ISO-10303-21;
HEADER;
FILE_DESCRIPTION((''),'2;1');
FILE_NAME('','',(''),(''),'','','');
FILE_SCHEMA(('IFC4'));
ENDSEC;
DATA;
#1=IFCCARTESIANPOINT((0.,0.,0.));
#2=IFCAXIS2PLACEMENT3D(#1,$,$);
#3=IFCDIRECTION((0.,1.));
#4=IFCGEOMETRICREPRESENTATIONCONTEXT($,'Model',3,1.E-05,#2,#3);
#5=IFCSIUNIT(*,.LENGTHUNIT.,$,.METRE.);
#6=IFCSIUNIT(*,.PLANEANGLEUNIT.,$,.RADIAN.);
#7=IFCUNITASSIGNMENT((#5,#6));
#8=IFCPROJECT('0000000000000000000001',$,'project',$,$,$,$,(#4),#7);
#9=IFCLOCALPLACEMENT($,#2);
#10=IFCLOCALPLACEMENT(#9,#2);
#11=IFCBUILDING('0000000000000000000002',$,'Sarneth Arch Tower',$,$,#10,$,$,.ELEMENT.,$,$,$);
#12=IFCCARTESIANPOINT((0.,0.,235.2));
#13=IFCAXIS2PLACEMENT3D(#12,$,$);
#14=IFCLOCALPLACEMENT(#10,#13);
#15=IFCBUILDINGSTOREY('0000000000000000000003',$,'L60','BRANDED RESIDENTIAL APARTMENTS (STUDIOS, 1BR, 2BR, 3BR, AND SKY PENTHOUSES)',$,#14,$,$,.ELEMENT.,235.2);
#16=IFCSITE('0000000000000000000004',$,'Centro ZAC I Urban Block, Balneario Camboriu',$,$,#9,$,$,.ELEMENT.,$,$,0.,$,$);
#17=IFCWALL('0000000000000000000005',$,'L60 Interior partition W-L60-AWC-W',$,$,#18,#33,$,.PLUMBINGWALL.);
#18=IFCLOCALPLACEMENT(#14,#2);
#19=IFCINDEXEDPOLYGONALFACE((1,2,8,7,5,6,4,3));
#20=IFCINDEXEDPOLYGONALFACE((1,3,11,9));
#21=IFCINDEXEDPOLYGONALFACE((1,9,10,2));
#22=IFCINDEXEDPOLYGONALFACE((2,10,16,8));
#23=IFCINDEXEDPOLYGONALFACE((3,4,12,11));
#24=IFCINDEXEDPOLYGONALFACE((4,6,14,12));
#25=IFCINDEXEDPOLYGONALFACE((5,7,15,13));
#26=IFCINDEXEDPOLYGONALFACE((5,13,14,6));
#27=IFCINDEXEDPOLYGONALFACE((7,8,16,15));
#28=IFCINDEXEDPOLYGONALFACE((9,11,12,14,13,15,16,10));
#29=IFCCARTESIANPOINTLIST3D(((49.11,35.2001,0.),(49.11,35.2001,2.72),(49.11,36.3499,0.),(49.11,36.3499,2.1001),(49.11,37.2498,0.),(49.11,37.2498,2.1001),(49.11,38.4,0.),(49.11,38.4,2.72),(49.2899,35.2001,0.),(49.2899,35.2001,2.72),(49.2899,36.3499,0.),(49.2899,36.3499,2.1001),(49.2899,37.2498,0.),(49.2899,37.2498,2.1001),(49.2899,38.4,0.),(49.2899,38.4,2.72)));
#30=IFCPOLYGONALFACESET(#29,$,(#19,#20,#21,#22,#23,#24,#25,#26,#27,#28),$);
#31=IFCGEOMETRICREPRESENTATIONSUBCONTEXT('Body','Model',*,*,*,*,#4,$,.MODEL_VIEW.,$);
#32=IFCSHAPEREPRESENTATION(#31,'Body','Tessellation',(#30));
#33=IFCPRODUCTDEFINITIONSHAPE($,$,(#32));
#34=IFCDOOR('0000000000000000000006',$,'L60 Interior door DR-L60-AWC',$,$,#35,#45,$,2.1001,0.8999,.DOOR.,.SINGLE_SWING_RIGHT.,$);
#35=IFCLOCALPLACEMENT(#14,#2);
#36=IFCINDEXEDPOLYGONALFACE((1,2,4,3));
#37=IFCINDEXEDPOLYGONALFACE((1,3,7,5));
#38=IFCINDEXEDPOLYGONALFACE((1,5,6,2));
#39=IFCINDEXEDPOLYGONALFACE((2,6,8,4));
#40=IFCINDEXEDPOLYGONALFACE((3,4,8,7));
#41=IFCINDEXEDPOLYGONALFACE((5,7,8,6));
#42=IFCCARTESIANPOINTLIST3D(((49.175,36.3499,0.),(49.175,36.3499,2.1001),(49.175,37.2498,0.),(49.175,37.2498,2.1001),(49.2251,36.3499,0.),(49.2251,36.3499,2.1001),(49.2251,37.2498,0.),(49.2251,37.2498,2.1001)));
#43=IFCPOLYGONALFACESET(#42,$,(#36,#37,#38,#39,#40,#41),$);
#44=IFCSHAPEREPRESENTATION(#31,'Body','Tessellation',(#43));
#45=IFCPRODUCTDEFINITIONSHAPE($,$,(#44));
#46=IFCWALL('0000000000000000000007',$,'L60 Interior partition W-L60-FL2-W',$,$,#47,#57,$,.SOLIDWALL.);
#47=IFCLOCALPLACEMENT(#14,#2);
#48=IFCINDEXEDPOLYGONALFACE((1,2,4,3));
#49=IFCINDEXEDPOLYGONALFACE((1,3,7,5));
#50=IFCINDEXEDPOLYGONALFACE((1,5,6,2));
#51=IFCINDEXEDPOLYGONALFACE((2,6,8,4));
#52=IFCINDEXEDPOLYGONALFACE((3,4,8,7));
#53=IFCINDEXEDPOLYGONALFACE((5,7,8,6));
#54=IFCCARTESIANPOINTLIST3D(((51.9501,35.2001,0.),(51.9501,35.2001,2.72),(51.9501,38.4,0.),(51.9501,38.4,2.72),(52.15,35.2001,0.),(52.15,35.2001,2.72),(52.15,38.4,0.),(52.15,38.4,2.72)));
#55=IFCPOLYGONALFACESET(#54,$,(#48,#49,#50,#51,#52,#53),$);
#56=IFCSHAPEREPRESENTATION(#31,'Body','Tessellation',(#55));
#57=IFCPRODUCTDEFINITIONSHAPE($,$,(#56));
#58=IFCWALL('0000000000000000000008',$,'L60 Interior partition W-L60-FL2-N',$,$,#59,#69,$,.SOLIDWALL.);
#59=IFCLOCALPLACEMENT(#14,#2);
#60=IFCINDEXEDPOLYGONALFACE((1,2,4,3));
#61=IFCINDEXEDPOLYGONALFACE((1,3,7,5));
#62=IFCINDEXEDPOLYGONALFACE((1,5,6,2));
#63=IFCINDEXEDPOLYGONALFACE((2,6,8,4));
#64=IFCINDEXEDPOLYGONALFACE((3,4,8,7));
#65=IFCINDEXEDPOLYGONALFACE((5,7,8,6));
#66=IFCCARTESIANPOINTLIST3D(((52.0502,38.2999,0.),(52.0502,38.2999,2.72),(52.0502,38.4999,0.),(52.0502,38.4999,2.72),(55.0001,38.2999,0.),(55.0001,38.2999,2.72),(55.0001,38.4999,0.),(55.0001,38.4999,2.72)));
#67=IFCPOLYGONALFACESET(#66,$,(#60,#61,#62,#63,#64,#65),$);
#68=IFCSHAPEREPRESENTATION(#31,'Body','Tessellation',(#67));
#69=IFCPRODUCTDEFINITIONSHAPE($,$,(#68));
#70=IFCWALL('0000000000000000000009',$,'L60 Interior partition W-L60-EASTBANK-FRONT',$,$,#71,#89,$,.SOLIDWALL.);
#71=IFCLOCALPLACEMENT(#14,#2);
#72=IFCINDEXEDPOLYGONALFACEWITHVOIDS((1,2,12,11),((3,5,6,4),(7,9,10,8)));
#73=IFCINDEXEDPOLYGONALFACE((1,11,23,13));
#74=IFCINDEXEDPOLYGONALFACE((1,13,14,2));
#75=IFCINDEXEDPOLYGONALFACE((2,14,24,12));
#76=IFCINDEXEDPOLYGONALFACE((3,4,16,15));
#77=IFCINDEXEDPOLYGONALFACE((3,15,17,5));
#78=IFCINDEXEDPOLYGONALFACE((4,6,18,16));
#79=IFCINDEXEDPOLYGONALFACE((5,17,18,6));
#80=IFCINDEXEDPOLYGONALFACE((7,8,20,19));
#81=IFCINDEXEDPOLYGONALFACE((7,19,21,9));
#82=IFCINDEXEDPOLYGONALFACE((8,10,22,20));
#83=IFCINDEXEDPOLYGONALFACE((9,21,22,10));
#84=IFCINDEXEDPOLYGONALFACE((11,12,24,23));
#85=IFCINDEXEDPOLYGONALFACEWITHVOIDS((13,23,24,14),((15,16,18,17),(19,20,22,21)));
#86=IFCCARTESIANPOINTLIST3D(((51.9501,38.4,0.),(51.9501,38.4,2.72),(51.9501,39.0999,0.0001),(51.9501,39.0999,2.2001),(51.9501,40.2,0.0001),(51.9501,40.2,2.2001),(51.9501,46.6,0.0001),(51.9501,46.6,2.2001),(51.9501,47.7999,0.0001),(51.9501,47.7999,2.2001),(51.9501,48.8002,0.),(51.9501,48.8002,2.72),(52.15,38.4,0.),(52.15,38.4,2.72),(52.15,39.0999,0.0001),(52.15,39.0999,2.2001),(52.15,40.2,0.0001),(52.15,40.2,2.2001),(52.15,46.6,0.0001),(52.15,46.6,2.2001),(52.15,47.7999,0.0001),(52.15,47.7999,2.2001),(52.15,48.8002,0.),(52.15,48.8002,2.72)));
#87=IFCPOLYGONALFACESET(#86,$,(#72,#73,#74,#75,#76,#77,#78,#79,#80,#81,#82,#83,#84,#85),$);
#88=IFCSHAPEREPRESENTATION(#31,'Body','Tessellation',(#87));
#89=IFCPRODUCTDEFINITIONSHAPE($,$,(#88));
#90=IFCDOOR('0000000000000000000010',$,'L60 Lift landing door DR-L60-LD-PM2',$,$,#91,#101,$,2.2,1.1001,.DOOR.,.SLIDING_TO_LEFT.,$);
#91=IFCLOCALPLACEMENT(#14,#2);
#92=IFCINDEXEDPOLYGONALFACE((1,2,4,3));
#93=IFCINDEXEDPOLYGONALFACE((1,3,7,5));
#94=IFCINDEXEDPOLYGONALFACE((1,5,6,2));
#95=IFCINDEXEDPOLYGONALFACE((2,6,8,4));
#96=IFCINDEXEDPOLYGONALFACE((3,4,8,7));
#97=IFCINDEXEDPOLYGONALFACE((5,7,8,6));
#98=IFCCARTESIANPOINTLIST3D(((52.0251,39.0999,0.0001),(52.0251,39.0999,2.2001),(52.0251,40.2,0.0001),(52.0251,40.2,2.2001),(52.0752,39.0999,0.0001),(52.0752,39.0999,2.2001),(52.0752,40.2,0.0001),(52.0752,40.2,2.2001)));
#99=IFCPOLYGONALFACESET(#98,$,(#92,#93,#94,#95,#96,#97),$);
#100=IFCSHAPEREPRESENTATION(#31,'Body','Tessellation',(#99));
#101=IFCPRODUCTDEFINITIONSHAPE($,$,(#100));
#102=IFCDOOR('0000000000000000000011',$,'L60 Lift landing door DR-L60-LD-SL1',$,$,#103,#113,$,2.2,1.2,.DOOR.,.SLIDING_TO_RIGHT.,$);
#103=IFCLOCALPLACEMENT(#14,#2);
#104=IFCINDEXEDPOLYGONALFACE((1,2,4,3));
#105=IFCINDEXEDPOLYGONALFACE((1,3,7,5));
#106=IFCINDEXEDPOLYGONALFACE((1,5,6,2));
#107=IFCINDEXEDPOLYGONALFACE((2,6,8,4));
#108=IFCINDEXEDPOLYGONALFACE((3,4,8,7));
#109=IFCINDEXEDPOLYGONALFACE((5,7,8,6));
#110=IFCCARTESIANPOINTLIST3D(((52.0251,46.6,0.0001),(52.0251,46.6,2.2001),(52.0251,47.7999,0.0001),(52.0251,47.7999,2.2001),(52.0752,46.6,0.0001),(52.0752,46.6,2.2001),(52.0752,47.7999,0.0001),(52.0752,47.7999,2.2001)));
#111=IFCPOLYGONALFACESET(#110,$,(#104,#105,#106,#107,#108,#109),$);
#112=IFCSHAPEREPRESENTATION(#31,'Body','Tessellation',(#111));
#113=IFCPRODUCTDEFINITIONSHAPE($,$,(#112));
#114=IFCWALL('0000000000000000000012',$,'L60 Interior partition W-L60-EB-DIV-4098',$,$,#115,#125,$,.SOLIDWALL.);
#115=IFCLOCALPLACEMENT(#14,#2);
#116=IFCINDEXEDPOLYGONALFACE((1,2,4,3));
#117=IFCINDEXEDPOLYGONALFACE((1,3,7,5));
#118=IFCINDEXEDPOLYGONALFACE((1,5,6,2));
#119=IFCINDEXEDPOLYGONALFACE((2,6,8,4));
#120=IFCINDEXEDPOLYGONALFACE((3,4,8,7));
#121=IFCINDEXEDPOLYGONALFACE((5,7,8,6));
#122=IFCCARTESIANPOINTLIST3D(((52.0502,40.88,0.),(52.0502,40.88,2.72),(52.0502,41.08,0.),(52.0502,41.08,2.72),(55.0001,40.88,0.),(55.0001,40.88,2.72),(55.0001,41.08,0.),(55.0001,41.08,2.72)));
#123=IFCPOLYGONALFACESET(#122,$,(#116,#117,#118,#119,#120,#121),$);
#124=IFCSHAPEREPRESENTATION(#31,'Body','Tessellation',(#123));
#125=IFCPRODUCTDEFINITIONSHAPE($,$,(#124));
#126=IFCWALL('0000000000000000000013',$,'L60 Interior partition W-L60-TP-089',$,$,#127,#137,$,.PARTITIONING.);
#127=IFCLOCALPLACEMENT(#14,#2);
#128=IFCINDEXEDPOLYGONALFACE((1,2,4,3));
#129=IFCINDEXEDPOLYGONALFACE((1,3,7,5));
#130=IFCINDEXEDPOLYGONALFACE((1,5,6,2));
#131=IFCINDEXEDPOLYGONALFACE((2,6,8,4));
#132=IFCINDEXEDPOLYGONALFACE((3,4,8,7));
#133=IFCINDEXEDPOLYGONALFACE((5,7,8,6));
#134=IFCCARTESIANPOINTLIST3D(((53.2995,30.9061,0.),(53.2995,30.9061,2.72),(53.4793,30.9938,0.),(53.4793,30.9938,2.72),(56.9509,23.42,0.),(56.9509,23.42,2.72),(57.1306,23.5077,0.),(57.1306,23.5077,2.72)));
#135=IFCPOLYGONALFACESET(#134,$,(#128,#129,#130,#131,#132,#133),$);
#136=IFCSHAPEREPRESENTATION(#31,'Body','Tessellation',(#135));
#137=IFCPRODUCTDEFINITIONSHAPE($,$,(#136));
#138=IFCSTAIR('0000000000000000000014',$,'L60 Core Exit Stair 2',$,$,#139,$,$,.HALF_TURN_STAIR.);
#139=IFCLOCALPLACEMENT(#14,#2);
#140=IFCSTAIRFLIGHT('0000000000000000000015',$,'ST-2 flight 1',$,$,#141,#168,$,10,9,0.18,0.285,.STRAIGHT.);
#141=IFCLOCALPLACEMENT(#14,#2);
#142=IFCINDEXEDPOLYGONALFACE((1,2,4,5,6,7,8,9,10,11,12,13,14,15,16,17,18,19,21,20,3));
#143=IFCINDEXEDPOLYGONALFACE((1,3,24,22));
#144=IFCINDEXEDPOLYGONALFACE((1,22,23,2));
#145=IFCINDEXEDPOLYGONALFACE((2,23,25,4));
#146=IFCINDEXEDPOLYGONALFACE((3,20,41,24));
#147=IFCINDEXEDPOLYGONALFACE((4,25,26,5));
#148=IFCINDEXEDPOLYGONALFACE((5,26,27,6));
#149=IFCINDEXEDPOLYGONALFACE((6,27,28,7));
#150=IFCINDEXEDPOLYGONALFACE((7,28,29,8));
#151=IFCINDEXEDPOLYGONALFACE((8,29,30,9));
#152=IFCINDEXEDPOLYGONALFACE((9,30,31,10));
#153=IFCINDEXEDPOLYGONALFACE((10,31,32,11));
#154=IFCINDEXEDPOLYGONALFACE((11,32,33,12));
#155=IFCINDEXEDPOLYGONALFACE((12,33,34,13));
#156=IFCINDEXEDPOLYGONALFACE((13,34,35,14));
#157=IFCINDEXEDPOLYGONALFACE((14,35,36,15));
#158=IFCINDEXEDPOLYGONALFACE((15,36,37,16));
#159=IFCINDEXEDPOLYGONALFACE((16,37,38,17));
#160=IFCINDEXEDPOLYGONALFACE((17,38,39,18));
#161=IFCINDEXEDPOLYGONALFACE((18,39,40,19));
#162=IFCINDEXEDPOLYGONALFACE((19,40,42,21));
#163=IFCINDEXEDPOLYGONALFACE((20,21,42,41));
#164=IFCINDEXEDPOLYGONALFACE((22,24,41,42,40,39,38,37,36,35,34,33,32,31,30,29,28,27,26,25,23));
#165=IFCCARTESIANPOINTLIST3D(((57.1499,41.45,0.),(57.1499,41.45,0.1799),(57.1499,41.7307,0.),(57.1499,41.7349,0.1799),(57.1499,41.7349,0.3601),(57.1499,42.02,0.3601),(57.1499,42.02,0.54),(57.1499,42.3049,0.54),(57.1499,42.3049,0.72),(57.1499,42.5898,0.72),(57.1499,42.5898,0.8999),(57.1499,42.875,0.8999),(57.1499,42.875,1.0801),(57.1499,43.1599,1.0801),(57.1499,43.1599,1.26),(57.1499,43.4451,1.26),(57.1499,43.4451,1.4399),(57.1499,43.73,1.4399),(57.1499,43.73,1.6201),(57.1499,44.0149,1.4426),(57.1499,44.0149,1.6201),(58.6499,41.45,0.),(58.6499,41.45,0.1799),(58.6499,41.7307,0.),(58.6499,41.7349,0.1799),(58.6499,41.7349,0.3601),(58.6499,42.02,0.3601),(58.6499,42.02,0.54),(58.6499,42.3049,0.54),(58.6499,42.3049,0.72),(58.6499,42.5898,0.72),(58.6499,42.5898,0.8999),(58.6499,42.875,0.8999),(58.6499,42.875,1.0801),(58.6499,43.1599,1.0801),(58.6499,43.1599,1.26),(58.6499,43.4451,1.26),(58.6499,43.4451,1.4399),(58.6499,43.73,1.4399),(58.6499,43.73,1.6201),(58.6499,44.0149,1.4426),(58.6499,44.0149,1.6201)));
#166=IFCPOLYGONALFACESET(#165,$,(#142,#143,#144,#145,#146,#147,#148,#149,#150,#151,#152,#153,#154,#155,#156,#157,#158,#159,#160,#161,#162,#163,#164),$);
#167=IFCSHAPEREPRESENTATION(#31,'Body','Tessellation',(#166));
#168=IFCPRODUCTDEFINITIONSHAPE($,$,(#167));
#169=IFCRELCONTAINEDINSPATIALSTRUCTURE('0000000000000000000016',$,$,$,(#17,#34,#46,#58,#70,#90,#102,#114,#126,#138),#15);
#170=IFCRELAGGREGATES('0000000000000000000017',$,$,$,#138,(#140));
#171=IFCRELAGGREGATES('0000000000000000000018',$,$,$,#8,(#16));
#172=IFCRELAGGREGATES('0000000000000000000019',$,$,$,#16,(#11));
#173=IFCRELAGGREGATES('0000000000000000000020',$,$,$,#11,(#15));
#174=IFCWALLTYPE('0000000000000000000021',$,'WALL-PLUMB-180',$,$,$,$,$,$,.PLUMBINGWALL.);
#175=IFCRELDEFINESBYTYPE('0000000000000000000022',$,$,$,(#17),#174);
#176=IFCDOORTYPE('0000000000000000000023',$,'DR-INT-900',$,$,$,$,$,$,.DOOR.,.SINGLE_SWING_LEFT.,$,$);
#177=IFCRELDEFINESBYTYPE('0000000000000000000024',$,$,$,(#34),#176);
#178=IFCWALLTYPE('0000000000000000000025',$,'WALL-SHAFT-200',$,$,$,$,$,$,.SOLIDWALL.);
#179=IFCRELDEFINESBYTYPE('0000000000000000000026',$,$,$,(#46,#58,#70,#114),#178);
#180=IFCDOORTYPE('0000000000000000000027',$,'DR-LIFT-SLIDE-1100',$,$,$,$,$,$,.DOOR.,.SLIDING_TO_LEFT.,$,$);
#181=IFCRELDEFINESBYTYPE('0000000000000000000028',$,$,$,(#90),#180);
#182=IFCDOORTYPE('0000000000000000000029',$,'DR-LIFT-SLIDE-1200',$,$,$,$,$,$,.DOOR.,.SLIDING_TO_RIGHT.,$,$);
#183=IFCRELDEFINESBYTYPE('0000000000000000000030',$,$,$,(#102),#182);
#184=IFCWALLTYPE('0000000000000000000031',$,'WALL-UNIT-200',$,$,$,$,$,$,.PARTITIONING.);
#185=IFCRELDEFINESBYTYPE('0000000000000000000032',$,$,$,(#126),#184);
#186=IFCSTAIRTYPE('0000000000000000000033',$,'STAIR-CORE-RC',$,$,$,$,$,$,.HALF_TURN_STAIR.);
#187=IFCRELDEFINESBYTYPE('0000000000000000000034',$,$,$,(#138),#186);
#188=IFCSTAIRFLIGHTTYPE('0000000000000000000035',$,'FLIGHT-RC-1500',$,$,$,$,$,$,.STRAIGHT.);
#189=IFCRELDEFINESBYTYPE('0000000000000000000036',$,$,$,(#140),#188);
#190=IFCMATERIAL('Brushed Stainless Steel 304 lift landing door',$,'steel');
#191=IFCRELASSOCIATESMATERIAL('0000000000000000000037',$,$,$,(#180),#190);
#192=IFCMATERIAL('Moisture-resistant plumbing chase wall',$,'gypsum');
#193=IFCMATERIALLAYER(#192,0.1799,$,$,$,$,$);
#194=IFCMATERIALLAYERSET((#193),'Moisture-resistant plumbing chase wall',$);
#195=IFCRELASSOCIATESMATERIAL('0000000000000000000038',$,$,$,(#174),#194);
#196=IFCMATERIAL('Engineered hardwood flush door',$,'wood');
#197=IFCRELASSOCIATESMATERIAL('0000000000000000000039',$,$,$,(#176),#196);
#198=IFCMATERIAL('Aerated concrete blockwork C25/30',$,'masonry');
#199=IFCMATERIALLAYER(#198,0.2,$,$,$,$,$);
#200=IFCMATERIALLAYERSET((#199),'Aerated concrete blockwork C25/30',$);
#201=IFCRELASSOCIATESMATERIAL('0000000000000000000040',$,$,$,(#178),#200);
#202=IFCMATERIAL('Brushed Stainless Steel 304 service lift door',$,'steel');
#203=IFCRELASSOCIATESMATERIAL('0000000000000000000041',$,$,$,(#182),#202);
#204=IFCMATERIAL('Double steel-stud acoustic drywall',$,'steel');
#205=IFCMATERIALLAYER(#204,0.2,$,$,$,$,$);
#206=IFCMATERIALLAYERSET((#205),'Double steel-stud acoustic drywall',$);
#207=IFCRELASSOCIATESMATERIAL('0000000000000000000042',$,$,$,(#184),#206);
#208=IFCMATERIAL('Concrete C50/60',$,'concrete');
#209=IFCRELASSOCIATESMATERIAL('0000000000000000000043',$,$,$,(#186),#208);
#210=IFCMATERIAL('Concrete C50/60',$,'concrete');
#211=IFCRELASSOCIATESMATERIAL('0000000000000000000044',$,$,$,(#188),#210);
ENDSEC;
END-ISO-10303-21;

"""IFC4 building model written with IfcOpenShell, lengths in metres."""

from ifc_helpers import new_model, si_unit, direction, frame, frame_2d, origin, place, context, subcontext, project, spatial, polyline, rectangle, outline, extrude, material, layer, layer_set, type_object, element, fill, aggregate, save


model = new_model("IFC4")

# Units and contexts
model_context = context("Model", 3, precision=1e-05, world=origin(), true_north=direction((0.0, 1.0)))
body_context = subcontext(model_context, "Body", "Model", "MODEL_VIEW")
ifc_project = project(units=[si_unit("LENGTHUNIT", "METRE"), si_unit("PLANEANGLEUNIT", "RADIAN")], contexts=[model_context])

# Site, building, storey
site_placement = place(None, origin())
site = spatial("IfcSite", under=ifc_project, at=site_placement, Name="Centro ZAC I Urban Block, Balneario Camboriu", CompositionType="ELEMENT", RefElevation=0.0)
building_placement = place(site_placement, origin())
building = spatial("IfcBuilding", under=site, at=building_placement, Name="Sarneth Arch Tower", CompositionType="ELEMENT")
storey_placement = place(building_placement, frame((0.0, 0.0, 235.2)))
storey = spatial("IfcBuildingStorey", under=building, at=storey_placement, Name="L60", Description="BRANDED RESIDENTIAL APARTMENTS (STUDIOS, 1BR, 2BR, 3BR, AND SKY PENTHOUSES)", CompositionType="ELEMENT", Elevation=235.2)

# Shared definitions
ifc_material_1 = material(Name="Brushed Stainless Steel 304 lift landing door", Category="steel")
door_type_1 = type_object("IfcDoorType", Name="DR-LIFT-SLIDE-1100", OperationType="SLIDING_TO_LEFT", PredefinedType="DOOR", material=ifc_material_1)

# Shared definitions
ifc_material_2 = material(Name="Moisture-resistant plumbing chase wall", Category="gypsum")
ifc_layer_1 = layer(ifc_material_2, 0.1799)
ifc_layer_set_1 = layer_set([ifc_layer_1], Name="Moisture-resistant plumbing chase wall")
wall_type_1 = type_object("IfcWallType", Name="WALL-PLUMB-180", PredefinedType="PLUMBINGWALL", material=ifc_layer_set_1)

# Wall, opening, door
wall_1_placement = place(storey_placement, frame((49.2, 35.2, 0.0), z_axis=(0.0, 0.0, 1.0), x_axis=(0.0, 1.0, 0.0)))
wall_1 = element("IfcWall", 1, at=wall_1_placement, inside=storey, type_object=wall_type_1, Name="L60 Interior partition W-L60-AWC-W", PredefinedType="PLUMBINGWALL", context=body_context, shape_type="SweptSolid", body=[
    extrude(rectangle(XDim=3.2, YDim=0.1799, at=frame_2d((1.6001, 0.0))), origin(), (0.0, 0.0, 1.0), 2.72),
])
opening_1_placement = place(wall_1_placement, frame((1.1499, 0.0, 0.0)))
opening_1 = element("IfcOpeningElement", 2, at=opening_1_placement, cuts=wall_1, PredefinedType="OPENING", context=body_context, shape_type="SweptSolid", body=[
    extrude(rectangle(XDim=0.8999, YDim=2.1001, at=frame_2d((0.45, 1.05))), frame((0.0, 0.0999, 0.0), z_axis=(0.0, -1.0, 0.0), x_axis=(1.0, 0.0, 0.0)), (0.0, 0.0, 1.0), 0.2),
])
ifc_material_3 = material(Name="Engineered hardwood flush door", Category="wood")
door_type_2 = type_object("IfcDoorType", Name="DR-INT-900", OperationType="SINGLE_SWING_LEFT", PredefinedType="DOOR", material=ifc_material_3)
door_1_placement = place(opening_1_placement, origin())
door_1 = element("IfcDoor", 3, at=door_1_placement, inside=storey, type_object=door_type_2, Name="L60 Interior door DR-L60-AWC", OperationType="SINGLE_SWING_RIGHT", OverallHeight=2.1001, OverallWidth=0.8999, PredefinedType="DOOR", context=body_context, shape_type="SweptSolid", body=[
    extrude(rectangle(XDim=0.8999, YDim=2.1001, at=frame_2d((0.45, 1.05))), frame((0.0, 0.0249, 0.0), z_axis=(0.0, -1.0, 0.0), x_axis=(1.0, 0.0, 0.0)), (0.0, 0.0, 1.0), 0.05),
])
fill(opening_1, door_1)
ifc_material_4 = material(Name="Aerated concrete blockwork C25/30", Category="masonry")
ifc_layer_2 = layer(ifc_material_4, 0.2)
ifc_layer_set_2 = layer_set([ifc_layer_2], Name="Aerated concrete blockwork C25/30")
wall_type_2 = type_object("IfcWallType", Name="WALL-SHAFT-200", PredefinedType="SOLIDWALL", material=ifc_layer_set_2)

# Walls
wall_2_placement = place(storey_placement, frame((52.05, 35.2, 0.0), z_axis=(0.0, 0.0, 1.0), x_axis=(0.0, 1.0, 0.0)))
element("IfcWall", 4, at=wall_2_placement, inside=storey, type_object=wall_type_2, Name="L60 Interior partition W-L60-FL2-W", PredefinedType="SOLIDWALL", context=body_context, shape_type="SweptSolid", body=[
    extrude(rectangle(XDim=3.2, YDim=0.2, at=frame_2d((1.6001, 0.0))), origin(), (0.0, 0.0, 1.0), 2.72),
])
wall_3_placement = place(storey_placement, frame((52.05, 38.3999, 0.0), z_axis=(0.0, 0.0, 1.0), x_axis=(1.0, 0.0, 0.0)))
element("IfcWall", 5, at=wall_3_placement, inside=storey, type_object=wall_type_2, Name="L60 Interior partition W-L60-FL2-N", PredefinedType="SOLIDWALL", context=body_context, shape_type="SweptSolid", body=[
    extrude(rectangle(XDim=2.95, YDim=0.2, at=frame_2d((1.4751, 0.0))), origin(), (0.0, 0.0, 1.0), 2.72),
])

# Wall, openings, doors
wall_4_placement = place(storey_placement, frame((52.05, 38.3999, 0.0), z_axis=(0.0, 0.0, 1.0), x_axis=(0.0, 1.0, 0.0)))
wall_4 = element("IfcWall", 6, at=wall_4_placement, inside=storey, type_object=wall_type_2, Name="L60 Interior partition W-L60-EASTBANK-FRONT", PredefinedType="SOLIDWALL", context=body_context, shape_type="SweptSolid", body=[
    extrude(rectangle(XDim=10.4001, YDim=0.2, at=frame_2d((5.2002, 0.0))), origin(), (0.0, 0.0, 1.0), 2.72),
])
opening_2_placement = place(wall_4_placement, frame((0.7, 0.0, 0.0)))
opening_2 = element("IfcOpeningElement", 7, at=opening_2_placement, cuts=wall_4, PredefinedType="OPENING", context=body_context, shape_type="SweptSolid", body=[
    extrude(rectangle(XDim=1.1001, YDim=2.2, at=frame_2d((0.55, 1.1001))), frame((0.0, 0.1099, 0.0), z_axis=(0.0, -1.0, 0.0), x_axis=(1.0, 0.0, 0.0)), (0.0, 0.0, 1.0), 0.22),
])
opening_3_placement = place(wall_4_placement, frame((8.2, 0.0, 0.0)))
opening_3 = element("IfcOpeningElement", 8, at=opening_3_placement, cuts=wall_4, PredefinedType="OPENING", context=body_context, shape_type="SweptSolid", body=[
    extrude(rectangle(XDim=1.2, YDim=2.2, at=frame_2d((0.6001, 1.1001))), frame((0.0, 0.1099, 0.0), z_axis=(0.0, -1.0, 0.0), x_axis=(1.0, 0.0, 0.0)), (0.0, 0.0, 1.0), 0.22),
])
door_2_placement = place(opening_2_placement, origin())
door_2 = element("IfcDoor", 9, at=door_2_placement, inside=storey, type_object=door_type_1, Name="L60 Lift landing door DR-L60-LD-PM2", OperationType="SLIDING_TO_LEFT", OverallHeight=2.2, OverallWidth=1.1001, PredefinedType="DOOR", context=body_context, shape_type="SweptSolid", body=[
    extrude(rectangle(XDim=1.1001, YDim=2.2, at=frame_2d((0.55, 1.1001))), frame((0.0, 0.0249, 0.0), z_axis=(0.0, -1.0, 0.0), x_axis=(1.0, 0.0, 0.0)), (0.0, 0.0, 1.0), 0.05),
])
fill(opening_2, door_2)
ifc_material_5 = material(Name="Brushed Stainless Steel 304 service lift door", Category="steel")
door_type_3 = type_object("IfcDoorType", Name="DR-LIFT-SLIDE-1200", OperationType="SLIDING_TO_RIGHT", PredefinedType="DOOR", material=ifc_material_5)
door_3_placement = place(opening_3_placement, origin())
door_3 = element("IfcDoor", 10, at=door_3_placement, inside=storey, type_object=door_type_3, Name="L60 Lift landing door DR-L60-LD-SL1", OperationType="SLIDING_TO_RIGHT", OverallHeight=2.2, OverallWidth=1.2, PredefinedType="DOOR", context=body_context, shape_type="SweptSolid", body=[
    extrude(rectangle(XDim=1.2, YDim=2.2, at=frame_2d((0.6001, 1.1001))), frame((0.0, 0.0249, 0.0), z_axis=(0.0, -1.0, 0.0), x_axis=(1.0, 0.0, 0.0)), (0.0, 0.0, 1.0), 0.05),
])
fill(opening_3, door_3)

# Walls
wall_5_placement = place(storey_placement, frame((52.05, 40.98, 0.0), z_axis=(0.0, 0.0, 1.0), x_axis=(1.0, 0.0, 0.0)))
element("IfcWall", 11, at=wall_5_placement, inside=storey, type_object=wall_type_2, Name="L60 Interior partition W-L60-EB-DIV-4098", PredefinedType="SOLIDWALL", context=body_context, shape_type="SweptSolid", body=[
    extrude(rectangle(XDim=2.95, YDim=0.2, at=frame_2d((1.4751, 0.0))), origin(), (0.0, 0.0, 1.0), 2.72),
])
ifc_material_6 = material(Name="Double steel-stud acoustic drywall", Category="steel")
ifc_layer_3 = layer(ifc_material_6, 0.2)
ifc_layer_set_3 = layer_set([ifc_layer_3], Name="Double steel-stud acoustic drywall")
wall_type_3 = type_object("IfcWallType", Name="WALL-UNIT-200", PredefinedType="PARTITIONING", material=ifc_layer_set_3)
wall_6_placement = place(storey_placement, frame((53.3894, 30.95, 0.0), z_axis=(0.0, 0.0, 1.0), x_axis=(0.438387, -0.898786, 0.0)))
element("IfcWall", 12, at=wall_6_placement, inside=storey, type_object=wall_type_3, Name="L60 Interior partition W-L60-TP-089", PredefinedType="PARTITIONING", context=body_context, shape_type="SweptSolid", body=[
    extrude(rectangle(XDim=8.3291, YDim=0.2, at=frame_2d((4.1646, 0.0))), origin(), (0.0, 0.0, 1.0), 2.72),
])

# Stair, stair flight
ifc_material_7 = material(Name="Concrete C50/60", Category="concrete")
stair_type = type_object("IfcStairType", Name="STAIR-CORE-RC", PredefinedType="HALF_TURN_STAIR", material=ifc_material_7)
stair_placement = place(storey_placement, origin())
stair = element("IfcStair", 13, at=stair_placement, inside=storey, type_object=stair_type, Name="L60 Core Exit Stair 2", PredefinedType="HALF_TURN_STAIR")
ifc_material_8 = material(Name="Concrete C50/60", Category="concrete")
stair_flight_type = type_object("IfcStairFlightType", Name="FLIGHT-RC-1500", PredefinedType="STRAIGHT", material=ifc_material_8)
stair_flight_placement = place(storey_placement, frame((57.8999, 41.45, 0.0), z_axis=(0.0, 0.0, 1.0), x_axis=(0.0, 1.0, 0.0)))
stair_flight = element("IfcStairFlight", 14, at=stair_flight_placement, type_object=stair_flight_type, Name="ST-2 flight 1", NumberOfRisers=10, NumberOfTreads=9, PredefinedType="STRAIGHT", RiserHeight=0.18, TreadLength=0.285, context=body_context, shape_type="SweptSolid", body=[
    extrude(outline(polyline([(0.0, 0.0), (0.0, 0.1799), (0.2849, 0.1799), (0.2849, 0.3601), (0.5701, 0.3601), (0.5701, 0.54), (0.855, 0.54), (0.855, 0.72), (1.1399, 0.72), (1.1399, 0.8999), (1.425, 0.8999), (1.425, 1.0801), (1.71, 1.0801), (1.71, 1.26), (1.9951, 1.26), (1.9951, 1.4399), (2.28, 1.4399), (2.28, 1.6201), (2.5649, 1.6201), (2.5649, 1.8), (2.5649, 1.4426), (0.2808, 0.0), (0.0, 0.0)])), frame((0.0, 0.75, 0.0), z_axis=(0.0, -1.0, 0.0), x_axis=(1.0, 0.0, 0.0)), (0.0, 0.0, 1.0), 1.5),
])
aggregate(stair, [stair_flight])

save(model, "model.ifc")
